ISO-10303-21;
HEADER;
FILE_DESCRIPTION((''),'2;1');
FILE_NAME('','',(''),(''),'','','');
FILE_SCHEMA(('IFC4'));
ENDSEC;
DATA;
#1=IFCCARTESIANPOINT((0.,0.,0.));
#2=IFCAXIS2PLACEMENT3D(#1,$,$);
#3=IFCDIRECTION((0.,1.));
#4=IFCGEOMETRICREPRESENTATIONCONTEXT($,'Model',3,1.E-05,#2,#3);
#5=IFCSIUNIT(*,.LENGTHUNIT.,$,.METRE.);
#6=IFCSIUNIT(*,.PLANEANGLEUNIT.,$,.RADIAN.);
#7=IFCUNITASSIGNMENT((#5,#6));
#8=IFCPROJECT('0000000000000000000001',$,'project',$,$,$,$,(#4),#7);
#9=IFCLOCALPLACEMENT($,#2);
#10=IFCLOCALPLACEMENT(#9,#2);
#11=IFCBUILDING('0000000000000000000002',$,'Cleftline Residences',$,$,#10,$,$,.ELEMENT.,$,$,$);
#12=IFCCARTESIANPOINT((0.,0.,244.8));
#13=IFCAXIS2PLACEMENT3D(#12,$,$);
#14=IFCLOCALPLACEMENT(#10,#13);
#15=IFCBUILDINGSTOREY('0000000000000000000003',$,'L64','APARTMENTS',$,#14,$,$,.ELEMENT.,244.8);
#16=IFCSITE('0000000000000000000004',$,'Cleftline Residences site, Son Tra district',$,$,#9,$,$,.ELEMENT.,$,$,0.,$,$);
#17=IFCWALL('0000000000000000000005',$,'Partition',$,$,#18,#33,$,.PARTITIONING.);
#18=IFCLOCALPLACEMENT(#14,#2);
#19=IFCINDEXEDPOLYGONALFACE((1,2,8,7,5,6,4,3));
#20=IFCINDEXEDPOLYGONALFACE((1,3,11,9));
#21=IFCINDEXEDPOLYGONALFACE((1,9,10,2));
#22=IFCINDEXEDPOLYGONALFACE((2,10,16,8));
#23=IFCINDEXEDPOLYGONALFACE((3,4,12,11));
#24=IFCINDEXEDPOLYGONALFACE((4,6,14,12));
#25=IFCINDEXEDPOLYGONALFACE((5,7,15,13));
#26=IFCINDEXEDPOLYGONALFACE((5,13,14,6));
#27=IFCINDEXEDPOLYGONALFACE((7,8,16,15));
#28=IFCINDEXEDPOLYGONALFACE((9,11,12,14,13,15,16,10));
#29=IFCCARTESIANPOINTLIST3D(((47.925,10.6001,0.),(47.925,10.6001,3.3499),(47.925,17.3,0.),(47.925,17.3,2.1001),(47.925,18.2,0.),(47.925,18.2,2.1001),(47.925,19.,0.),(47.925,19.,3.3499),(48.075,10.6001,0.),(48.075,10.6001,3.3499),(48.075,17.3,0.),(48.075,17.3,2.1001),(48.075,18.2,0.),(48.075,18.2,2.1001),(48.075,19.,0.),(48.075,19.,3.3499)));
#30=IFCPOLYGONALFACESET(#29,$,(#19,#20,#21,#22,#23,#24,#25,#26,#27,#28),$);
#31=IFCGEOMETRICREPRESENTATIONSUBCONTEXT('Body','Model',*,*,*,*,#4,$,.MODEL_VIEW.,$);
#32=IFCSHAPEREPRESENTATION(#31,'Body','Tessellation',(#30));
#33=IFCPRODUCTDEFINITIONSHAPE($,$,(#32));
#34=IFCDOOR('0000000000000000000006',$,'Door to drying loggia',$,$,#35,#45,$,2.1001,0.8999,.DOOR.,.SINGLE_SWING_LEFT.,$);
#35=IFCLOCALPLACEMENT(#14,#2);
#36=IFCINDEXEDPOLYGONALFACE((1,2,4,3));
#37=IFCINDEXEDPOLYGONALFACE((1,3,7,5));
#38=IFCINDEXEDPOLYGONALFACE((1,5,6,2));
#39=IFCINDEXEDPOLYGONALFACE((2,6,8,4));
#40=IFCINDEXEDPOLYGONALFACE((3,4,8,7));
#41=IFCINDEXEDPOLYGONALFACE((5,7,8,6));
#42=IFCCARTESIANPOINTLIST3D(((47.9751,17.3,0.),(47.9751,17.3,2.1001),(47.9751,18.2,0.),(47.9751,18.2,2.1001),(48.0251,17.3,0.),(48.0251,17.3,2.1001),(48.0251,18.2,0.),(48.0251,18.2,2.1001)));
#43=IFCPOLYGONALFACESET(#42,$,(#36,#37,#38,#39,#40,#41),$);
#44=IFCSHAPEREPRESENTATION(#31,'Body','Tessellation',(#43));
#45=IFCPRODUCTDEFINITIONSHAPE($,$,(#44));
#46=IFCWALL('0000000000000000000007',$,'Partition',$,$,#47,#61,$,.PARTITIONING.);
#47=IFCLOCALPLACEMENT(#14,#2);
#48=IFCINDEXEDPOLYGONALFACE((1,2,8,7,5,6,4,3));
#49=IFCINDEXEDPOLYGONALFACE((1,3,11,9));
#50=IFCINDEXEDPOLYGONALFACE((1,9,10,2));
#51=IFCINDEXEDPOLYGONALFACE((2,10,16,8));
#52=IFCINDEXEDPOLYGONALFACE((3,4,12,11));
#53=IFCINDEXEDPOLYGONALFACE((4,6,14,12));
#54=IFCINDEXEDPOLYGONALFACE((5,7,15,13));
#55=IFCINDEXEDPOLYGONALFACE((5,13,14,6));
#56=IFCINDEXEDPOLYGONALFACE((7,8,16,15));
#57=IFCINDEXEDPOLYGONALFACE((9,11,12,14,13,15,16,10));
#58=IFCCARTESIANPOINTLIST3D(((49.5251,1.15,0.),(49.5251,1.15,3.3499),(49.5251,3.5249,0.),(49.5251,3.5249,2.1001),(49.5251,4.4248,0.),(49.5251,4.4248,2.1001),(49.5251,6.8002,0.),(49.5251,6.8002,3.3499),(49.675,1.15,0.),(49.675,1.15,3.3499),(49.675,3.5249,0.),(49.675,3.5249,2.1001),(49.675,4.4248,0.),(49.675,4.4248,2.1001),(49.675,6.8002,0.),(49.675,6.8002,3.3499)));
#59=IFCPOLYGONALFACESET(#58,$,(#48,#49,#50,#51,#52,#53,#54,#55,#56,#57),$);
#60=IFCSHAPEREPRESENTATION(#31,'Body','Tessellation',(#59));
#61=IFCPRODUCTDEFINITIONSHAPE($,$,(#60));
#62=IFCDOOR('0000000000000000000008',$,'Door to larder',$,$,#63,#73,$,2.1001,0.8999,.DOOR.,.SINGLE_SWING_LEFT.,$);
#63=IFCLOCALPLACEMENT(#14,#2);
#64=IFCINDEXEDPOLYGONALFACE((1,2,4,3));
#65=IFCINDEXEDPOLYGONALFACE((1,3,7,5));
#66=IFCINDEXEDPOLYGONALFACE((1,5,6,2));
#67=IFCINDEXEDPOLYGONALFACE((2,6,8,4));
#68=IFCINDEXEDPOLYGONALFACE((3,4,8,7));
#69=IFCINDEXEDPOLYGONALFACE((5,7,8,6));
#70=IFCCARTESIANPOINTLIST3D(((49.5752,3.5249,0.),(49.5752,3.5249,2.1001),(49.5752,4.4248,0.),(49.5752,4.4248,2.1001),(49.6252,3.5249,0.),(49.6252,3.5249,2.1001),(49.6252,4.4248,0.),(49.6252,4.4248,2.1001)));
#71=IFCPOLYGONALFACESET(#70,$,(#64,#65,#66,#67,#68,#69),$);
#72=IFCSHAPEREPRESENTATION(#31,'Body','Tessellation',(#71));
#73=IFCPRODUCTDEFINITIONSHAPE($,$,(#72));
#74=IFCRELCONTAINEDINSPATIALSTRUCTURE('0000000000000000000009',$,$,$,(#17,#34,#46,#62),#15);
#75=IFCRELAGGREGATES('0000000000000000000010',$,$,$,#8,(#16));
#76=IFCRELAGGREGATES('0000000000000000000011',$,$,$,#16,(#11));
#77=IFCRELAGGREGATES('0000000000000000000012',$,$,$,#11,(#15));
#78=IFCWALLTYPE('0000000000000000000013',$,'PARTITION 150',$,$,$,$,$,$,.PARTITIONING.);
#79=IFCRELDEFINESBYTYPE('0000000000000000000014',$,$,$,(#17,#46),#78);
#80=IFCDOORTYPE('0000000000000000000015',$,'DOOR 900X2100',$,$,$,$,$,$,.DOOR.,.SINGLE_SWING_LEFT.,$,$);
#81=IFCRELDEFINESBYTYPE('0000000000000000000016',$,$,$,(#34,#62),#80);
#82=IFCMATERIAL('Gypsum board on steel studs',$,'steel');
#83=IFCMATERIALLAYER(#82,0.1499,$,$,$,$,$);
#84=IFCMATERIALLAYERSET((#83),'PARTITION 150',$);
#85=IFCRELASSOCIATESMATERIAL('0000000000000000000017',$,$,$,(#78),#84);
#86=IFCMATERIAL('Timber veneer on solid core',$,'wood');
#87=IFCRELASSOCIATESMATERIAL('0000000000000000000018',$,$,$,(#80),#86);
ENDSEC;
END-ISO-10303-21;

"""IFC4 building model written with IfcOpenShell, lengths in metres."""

from ifc_helpers import new_model, si_unit, direction, frame, frame_2d, origin, place, context, subcontext, project, spatial, rectangle, extrude, material, layer, layer_set, type_object, element, fill, save


model = new_model("IFC4")

# Units and contexts
model_context = context("Model", 3, precision=1e-05, world=origin(), true_north=direction((0.0, 1.0)))
body_context = subcontext(model_context, "Body", "Model", "MODEL_VIEW")
ifc_project = project(units=[si_unit("LENGTHUNIT", "METRE"), si_unit("PLANEANGLEUNIT", "RADIAN")], contexts=[model_context])

# Site, building, storey
site_placement = place(None, origin())
site = spatial("IfcSite", under=ifc_project, at=site_placement, Name="Cleftline Residences site, Son Tra district", CompositionType="ELEMENT", RefElevation=0.0)
building_placement = place(site_placement, origin())
building = spatial("IfcBuilding", under=site, at=building_placement, Name="Cleftline Residences", CompositionType="ELEMENT")
storey_placement = place(building_placement, frame((0.0, 0.0, 244.8)))
storey = spatial("IfcBuildingStorey", under=building, at=storey_placement, Name="L64", Description="APARTMENTS", CompositionType="ELEMENT", Elevation=244.8)

# Shared definitions
ifc_material_1 = material(Name="Gypsum board on steel studs", Category="steel")
ifc_layer_1 = layer(ifc_material_1, 0.1499)
ifc_layer_set_1 = layer_set([ifc_layer_1], Name="PARTITION 150")
wall_type_1 = type_object("IfcWallType", Name="PARTITION 150", PredefinedType="PARTITIONING", material=ifc_layer_set_1)

# Shared definitions
ifc_material_2 = material(Name="Timber veneer on solid core", Category="wood")
door_type_1 = type_object("IfcDoorType", Name="DOOR 900X2100", OperationType="SINGLE_SWING_LEFT", PredefinedType="DOOR", material=ifc_material_2)

# Walls, openings, doors
wall_1_placement = place(storey_placement, frame((48.0, 10.6001, 0.0), z_axis=(0.0, 0.0, 1.0), x_axis=(0.0, 1.0, 0.0)))
wall_1 = element("IfcWall", 1, at=wall_1_placement, inside=storey, type_object=wall_type_1, Name="Partition", PredefinedType="PARTITIONING", context=body_context, shape_type="SweptSolid", body=[
    extrude(rectangle(XDim=8.3999, YDim=0.1499, at=frame_2d((4.2, 0.0))), origin(), (0.0, 0.0, 1.0), 3.3499),
])
opening_1_placement = place(wall_1_placement, frame((6.7, 0.0, 0.0)))
opening_1 = element("IfcOpeningElement", 2, at=opening_1_placement, cuts=wall_1, PredefinedType="OPENING", context=body_context, shape_type="SweptSolid", body=[
    extrude(rectangle(XDim=0.8999, YDim=2.1001, at=frame_2d((0.45, 1.05))), frame((0.0, 0.085, 0.0), z_axis=(0.0, -1.0, 0.0), x_axis=(1.0, 0.0, 0.0)), (0.0, 0.0, 1.0), 0.1699),
])
door_1_placement = place(opening_1_placement, origin())
door_1 = element("IfcDoor", 3, at=door_1_placement, inside=storey, type_object=door_type_1, Name="Door to drying loggia", OperationType="SINGLE_SWING_LEFT", OverallHeight=2.1001, OverallWidth=0.8999, PredefinedType="DOOR", context=body_context, shape_type="SweptSolid", body=[
    extrude(rectangle(XDim=0.8999, YDim=2.1001, at=frame_2d((0.45, 1.05))), frame((0.0, 0.0249, 0.0), z_axis=(0.0, -1.0, 0.0), x_axis=(1.0, 0.0, 0.0)), (0.0, 0.0, 1.0), 0.05),
])
fill(opening_1, door_1)
wall_2_placement = place(storey_placement, frame((49.6001, 1.1499, 0.0), z_axis=(0.0, 0.0, 1.0), x_axis=(0.0, 1.0, 0.0)))
wall_2 = element("IfcWall", 4, at=wall_2_placement, inside=storey, type_object=wall_type_1, Name="Partition", PredefinedType="PARTITIONING", context=body_context, shape_type="SweptSolid", body=[
    extrude(rectangle(XDim=5.6501, YDim=0.1499, at=frame_2d((2.8252, 0.0))), origin(), (0.0, 0.0, 1.0), 3.3499),
])
opening_2_placement = place(wall_2_placement, frame((2.375, 0.0, 0.0)))
opening_2 = element("IfcOpeningElement", 5, at=opening_2_placement, cuts=wall_2, PredefinedType="OPENING", context=body_context, shape_type="SweptSolid", body=[
    extrude(rectangle(XDim=0.8999, YDim=2.1001, at=frame_2d((0.45, 1.05))), frame((0.0, 0.085, 0.0), z_axis=(0.0, -1.0, 0.0), x_axis=(1.0, 0.0, 0.0)), (0.0, 0.0, 1.0), 0.1699),
])
door_2_placement = place(opening_2_placement, origin())
door_2 = element("IfcDoor", 6, at=door_2_placement, inside=storey, type_object=door_type_1, Name="Door to larder", OperationType="SINGLE_SWING_LEFT", OverallHeight=2.1001, OverallWidth=0.8999, PredefinedType="DOOR", context=body_context, shape_type="SweptSolid", body=[
    extrude(rectangle(XDim=0.8999, YDim=2.1001, at=frame_2d((0.45, 1.05))), frame((0.0, 0.0249, 0.0), z_axis=(0.0, -1.0, 0.0), x_axis=(1.0, 0.0, 0.0)), (0.0, 0.0, 1.0), 0.05),
])
fill(opening_2, door_2)

save(model, "model.ifc")
